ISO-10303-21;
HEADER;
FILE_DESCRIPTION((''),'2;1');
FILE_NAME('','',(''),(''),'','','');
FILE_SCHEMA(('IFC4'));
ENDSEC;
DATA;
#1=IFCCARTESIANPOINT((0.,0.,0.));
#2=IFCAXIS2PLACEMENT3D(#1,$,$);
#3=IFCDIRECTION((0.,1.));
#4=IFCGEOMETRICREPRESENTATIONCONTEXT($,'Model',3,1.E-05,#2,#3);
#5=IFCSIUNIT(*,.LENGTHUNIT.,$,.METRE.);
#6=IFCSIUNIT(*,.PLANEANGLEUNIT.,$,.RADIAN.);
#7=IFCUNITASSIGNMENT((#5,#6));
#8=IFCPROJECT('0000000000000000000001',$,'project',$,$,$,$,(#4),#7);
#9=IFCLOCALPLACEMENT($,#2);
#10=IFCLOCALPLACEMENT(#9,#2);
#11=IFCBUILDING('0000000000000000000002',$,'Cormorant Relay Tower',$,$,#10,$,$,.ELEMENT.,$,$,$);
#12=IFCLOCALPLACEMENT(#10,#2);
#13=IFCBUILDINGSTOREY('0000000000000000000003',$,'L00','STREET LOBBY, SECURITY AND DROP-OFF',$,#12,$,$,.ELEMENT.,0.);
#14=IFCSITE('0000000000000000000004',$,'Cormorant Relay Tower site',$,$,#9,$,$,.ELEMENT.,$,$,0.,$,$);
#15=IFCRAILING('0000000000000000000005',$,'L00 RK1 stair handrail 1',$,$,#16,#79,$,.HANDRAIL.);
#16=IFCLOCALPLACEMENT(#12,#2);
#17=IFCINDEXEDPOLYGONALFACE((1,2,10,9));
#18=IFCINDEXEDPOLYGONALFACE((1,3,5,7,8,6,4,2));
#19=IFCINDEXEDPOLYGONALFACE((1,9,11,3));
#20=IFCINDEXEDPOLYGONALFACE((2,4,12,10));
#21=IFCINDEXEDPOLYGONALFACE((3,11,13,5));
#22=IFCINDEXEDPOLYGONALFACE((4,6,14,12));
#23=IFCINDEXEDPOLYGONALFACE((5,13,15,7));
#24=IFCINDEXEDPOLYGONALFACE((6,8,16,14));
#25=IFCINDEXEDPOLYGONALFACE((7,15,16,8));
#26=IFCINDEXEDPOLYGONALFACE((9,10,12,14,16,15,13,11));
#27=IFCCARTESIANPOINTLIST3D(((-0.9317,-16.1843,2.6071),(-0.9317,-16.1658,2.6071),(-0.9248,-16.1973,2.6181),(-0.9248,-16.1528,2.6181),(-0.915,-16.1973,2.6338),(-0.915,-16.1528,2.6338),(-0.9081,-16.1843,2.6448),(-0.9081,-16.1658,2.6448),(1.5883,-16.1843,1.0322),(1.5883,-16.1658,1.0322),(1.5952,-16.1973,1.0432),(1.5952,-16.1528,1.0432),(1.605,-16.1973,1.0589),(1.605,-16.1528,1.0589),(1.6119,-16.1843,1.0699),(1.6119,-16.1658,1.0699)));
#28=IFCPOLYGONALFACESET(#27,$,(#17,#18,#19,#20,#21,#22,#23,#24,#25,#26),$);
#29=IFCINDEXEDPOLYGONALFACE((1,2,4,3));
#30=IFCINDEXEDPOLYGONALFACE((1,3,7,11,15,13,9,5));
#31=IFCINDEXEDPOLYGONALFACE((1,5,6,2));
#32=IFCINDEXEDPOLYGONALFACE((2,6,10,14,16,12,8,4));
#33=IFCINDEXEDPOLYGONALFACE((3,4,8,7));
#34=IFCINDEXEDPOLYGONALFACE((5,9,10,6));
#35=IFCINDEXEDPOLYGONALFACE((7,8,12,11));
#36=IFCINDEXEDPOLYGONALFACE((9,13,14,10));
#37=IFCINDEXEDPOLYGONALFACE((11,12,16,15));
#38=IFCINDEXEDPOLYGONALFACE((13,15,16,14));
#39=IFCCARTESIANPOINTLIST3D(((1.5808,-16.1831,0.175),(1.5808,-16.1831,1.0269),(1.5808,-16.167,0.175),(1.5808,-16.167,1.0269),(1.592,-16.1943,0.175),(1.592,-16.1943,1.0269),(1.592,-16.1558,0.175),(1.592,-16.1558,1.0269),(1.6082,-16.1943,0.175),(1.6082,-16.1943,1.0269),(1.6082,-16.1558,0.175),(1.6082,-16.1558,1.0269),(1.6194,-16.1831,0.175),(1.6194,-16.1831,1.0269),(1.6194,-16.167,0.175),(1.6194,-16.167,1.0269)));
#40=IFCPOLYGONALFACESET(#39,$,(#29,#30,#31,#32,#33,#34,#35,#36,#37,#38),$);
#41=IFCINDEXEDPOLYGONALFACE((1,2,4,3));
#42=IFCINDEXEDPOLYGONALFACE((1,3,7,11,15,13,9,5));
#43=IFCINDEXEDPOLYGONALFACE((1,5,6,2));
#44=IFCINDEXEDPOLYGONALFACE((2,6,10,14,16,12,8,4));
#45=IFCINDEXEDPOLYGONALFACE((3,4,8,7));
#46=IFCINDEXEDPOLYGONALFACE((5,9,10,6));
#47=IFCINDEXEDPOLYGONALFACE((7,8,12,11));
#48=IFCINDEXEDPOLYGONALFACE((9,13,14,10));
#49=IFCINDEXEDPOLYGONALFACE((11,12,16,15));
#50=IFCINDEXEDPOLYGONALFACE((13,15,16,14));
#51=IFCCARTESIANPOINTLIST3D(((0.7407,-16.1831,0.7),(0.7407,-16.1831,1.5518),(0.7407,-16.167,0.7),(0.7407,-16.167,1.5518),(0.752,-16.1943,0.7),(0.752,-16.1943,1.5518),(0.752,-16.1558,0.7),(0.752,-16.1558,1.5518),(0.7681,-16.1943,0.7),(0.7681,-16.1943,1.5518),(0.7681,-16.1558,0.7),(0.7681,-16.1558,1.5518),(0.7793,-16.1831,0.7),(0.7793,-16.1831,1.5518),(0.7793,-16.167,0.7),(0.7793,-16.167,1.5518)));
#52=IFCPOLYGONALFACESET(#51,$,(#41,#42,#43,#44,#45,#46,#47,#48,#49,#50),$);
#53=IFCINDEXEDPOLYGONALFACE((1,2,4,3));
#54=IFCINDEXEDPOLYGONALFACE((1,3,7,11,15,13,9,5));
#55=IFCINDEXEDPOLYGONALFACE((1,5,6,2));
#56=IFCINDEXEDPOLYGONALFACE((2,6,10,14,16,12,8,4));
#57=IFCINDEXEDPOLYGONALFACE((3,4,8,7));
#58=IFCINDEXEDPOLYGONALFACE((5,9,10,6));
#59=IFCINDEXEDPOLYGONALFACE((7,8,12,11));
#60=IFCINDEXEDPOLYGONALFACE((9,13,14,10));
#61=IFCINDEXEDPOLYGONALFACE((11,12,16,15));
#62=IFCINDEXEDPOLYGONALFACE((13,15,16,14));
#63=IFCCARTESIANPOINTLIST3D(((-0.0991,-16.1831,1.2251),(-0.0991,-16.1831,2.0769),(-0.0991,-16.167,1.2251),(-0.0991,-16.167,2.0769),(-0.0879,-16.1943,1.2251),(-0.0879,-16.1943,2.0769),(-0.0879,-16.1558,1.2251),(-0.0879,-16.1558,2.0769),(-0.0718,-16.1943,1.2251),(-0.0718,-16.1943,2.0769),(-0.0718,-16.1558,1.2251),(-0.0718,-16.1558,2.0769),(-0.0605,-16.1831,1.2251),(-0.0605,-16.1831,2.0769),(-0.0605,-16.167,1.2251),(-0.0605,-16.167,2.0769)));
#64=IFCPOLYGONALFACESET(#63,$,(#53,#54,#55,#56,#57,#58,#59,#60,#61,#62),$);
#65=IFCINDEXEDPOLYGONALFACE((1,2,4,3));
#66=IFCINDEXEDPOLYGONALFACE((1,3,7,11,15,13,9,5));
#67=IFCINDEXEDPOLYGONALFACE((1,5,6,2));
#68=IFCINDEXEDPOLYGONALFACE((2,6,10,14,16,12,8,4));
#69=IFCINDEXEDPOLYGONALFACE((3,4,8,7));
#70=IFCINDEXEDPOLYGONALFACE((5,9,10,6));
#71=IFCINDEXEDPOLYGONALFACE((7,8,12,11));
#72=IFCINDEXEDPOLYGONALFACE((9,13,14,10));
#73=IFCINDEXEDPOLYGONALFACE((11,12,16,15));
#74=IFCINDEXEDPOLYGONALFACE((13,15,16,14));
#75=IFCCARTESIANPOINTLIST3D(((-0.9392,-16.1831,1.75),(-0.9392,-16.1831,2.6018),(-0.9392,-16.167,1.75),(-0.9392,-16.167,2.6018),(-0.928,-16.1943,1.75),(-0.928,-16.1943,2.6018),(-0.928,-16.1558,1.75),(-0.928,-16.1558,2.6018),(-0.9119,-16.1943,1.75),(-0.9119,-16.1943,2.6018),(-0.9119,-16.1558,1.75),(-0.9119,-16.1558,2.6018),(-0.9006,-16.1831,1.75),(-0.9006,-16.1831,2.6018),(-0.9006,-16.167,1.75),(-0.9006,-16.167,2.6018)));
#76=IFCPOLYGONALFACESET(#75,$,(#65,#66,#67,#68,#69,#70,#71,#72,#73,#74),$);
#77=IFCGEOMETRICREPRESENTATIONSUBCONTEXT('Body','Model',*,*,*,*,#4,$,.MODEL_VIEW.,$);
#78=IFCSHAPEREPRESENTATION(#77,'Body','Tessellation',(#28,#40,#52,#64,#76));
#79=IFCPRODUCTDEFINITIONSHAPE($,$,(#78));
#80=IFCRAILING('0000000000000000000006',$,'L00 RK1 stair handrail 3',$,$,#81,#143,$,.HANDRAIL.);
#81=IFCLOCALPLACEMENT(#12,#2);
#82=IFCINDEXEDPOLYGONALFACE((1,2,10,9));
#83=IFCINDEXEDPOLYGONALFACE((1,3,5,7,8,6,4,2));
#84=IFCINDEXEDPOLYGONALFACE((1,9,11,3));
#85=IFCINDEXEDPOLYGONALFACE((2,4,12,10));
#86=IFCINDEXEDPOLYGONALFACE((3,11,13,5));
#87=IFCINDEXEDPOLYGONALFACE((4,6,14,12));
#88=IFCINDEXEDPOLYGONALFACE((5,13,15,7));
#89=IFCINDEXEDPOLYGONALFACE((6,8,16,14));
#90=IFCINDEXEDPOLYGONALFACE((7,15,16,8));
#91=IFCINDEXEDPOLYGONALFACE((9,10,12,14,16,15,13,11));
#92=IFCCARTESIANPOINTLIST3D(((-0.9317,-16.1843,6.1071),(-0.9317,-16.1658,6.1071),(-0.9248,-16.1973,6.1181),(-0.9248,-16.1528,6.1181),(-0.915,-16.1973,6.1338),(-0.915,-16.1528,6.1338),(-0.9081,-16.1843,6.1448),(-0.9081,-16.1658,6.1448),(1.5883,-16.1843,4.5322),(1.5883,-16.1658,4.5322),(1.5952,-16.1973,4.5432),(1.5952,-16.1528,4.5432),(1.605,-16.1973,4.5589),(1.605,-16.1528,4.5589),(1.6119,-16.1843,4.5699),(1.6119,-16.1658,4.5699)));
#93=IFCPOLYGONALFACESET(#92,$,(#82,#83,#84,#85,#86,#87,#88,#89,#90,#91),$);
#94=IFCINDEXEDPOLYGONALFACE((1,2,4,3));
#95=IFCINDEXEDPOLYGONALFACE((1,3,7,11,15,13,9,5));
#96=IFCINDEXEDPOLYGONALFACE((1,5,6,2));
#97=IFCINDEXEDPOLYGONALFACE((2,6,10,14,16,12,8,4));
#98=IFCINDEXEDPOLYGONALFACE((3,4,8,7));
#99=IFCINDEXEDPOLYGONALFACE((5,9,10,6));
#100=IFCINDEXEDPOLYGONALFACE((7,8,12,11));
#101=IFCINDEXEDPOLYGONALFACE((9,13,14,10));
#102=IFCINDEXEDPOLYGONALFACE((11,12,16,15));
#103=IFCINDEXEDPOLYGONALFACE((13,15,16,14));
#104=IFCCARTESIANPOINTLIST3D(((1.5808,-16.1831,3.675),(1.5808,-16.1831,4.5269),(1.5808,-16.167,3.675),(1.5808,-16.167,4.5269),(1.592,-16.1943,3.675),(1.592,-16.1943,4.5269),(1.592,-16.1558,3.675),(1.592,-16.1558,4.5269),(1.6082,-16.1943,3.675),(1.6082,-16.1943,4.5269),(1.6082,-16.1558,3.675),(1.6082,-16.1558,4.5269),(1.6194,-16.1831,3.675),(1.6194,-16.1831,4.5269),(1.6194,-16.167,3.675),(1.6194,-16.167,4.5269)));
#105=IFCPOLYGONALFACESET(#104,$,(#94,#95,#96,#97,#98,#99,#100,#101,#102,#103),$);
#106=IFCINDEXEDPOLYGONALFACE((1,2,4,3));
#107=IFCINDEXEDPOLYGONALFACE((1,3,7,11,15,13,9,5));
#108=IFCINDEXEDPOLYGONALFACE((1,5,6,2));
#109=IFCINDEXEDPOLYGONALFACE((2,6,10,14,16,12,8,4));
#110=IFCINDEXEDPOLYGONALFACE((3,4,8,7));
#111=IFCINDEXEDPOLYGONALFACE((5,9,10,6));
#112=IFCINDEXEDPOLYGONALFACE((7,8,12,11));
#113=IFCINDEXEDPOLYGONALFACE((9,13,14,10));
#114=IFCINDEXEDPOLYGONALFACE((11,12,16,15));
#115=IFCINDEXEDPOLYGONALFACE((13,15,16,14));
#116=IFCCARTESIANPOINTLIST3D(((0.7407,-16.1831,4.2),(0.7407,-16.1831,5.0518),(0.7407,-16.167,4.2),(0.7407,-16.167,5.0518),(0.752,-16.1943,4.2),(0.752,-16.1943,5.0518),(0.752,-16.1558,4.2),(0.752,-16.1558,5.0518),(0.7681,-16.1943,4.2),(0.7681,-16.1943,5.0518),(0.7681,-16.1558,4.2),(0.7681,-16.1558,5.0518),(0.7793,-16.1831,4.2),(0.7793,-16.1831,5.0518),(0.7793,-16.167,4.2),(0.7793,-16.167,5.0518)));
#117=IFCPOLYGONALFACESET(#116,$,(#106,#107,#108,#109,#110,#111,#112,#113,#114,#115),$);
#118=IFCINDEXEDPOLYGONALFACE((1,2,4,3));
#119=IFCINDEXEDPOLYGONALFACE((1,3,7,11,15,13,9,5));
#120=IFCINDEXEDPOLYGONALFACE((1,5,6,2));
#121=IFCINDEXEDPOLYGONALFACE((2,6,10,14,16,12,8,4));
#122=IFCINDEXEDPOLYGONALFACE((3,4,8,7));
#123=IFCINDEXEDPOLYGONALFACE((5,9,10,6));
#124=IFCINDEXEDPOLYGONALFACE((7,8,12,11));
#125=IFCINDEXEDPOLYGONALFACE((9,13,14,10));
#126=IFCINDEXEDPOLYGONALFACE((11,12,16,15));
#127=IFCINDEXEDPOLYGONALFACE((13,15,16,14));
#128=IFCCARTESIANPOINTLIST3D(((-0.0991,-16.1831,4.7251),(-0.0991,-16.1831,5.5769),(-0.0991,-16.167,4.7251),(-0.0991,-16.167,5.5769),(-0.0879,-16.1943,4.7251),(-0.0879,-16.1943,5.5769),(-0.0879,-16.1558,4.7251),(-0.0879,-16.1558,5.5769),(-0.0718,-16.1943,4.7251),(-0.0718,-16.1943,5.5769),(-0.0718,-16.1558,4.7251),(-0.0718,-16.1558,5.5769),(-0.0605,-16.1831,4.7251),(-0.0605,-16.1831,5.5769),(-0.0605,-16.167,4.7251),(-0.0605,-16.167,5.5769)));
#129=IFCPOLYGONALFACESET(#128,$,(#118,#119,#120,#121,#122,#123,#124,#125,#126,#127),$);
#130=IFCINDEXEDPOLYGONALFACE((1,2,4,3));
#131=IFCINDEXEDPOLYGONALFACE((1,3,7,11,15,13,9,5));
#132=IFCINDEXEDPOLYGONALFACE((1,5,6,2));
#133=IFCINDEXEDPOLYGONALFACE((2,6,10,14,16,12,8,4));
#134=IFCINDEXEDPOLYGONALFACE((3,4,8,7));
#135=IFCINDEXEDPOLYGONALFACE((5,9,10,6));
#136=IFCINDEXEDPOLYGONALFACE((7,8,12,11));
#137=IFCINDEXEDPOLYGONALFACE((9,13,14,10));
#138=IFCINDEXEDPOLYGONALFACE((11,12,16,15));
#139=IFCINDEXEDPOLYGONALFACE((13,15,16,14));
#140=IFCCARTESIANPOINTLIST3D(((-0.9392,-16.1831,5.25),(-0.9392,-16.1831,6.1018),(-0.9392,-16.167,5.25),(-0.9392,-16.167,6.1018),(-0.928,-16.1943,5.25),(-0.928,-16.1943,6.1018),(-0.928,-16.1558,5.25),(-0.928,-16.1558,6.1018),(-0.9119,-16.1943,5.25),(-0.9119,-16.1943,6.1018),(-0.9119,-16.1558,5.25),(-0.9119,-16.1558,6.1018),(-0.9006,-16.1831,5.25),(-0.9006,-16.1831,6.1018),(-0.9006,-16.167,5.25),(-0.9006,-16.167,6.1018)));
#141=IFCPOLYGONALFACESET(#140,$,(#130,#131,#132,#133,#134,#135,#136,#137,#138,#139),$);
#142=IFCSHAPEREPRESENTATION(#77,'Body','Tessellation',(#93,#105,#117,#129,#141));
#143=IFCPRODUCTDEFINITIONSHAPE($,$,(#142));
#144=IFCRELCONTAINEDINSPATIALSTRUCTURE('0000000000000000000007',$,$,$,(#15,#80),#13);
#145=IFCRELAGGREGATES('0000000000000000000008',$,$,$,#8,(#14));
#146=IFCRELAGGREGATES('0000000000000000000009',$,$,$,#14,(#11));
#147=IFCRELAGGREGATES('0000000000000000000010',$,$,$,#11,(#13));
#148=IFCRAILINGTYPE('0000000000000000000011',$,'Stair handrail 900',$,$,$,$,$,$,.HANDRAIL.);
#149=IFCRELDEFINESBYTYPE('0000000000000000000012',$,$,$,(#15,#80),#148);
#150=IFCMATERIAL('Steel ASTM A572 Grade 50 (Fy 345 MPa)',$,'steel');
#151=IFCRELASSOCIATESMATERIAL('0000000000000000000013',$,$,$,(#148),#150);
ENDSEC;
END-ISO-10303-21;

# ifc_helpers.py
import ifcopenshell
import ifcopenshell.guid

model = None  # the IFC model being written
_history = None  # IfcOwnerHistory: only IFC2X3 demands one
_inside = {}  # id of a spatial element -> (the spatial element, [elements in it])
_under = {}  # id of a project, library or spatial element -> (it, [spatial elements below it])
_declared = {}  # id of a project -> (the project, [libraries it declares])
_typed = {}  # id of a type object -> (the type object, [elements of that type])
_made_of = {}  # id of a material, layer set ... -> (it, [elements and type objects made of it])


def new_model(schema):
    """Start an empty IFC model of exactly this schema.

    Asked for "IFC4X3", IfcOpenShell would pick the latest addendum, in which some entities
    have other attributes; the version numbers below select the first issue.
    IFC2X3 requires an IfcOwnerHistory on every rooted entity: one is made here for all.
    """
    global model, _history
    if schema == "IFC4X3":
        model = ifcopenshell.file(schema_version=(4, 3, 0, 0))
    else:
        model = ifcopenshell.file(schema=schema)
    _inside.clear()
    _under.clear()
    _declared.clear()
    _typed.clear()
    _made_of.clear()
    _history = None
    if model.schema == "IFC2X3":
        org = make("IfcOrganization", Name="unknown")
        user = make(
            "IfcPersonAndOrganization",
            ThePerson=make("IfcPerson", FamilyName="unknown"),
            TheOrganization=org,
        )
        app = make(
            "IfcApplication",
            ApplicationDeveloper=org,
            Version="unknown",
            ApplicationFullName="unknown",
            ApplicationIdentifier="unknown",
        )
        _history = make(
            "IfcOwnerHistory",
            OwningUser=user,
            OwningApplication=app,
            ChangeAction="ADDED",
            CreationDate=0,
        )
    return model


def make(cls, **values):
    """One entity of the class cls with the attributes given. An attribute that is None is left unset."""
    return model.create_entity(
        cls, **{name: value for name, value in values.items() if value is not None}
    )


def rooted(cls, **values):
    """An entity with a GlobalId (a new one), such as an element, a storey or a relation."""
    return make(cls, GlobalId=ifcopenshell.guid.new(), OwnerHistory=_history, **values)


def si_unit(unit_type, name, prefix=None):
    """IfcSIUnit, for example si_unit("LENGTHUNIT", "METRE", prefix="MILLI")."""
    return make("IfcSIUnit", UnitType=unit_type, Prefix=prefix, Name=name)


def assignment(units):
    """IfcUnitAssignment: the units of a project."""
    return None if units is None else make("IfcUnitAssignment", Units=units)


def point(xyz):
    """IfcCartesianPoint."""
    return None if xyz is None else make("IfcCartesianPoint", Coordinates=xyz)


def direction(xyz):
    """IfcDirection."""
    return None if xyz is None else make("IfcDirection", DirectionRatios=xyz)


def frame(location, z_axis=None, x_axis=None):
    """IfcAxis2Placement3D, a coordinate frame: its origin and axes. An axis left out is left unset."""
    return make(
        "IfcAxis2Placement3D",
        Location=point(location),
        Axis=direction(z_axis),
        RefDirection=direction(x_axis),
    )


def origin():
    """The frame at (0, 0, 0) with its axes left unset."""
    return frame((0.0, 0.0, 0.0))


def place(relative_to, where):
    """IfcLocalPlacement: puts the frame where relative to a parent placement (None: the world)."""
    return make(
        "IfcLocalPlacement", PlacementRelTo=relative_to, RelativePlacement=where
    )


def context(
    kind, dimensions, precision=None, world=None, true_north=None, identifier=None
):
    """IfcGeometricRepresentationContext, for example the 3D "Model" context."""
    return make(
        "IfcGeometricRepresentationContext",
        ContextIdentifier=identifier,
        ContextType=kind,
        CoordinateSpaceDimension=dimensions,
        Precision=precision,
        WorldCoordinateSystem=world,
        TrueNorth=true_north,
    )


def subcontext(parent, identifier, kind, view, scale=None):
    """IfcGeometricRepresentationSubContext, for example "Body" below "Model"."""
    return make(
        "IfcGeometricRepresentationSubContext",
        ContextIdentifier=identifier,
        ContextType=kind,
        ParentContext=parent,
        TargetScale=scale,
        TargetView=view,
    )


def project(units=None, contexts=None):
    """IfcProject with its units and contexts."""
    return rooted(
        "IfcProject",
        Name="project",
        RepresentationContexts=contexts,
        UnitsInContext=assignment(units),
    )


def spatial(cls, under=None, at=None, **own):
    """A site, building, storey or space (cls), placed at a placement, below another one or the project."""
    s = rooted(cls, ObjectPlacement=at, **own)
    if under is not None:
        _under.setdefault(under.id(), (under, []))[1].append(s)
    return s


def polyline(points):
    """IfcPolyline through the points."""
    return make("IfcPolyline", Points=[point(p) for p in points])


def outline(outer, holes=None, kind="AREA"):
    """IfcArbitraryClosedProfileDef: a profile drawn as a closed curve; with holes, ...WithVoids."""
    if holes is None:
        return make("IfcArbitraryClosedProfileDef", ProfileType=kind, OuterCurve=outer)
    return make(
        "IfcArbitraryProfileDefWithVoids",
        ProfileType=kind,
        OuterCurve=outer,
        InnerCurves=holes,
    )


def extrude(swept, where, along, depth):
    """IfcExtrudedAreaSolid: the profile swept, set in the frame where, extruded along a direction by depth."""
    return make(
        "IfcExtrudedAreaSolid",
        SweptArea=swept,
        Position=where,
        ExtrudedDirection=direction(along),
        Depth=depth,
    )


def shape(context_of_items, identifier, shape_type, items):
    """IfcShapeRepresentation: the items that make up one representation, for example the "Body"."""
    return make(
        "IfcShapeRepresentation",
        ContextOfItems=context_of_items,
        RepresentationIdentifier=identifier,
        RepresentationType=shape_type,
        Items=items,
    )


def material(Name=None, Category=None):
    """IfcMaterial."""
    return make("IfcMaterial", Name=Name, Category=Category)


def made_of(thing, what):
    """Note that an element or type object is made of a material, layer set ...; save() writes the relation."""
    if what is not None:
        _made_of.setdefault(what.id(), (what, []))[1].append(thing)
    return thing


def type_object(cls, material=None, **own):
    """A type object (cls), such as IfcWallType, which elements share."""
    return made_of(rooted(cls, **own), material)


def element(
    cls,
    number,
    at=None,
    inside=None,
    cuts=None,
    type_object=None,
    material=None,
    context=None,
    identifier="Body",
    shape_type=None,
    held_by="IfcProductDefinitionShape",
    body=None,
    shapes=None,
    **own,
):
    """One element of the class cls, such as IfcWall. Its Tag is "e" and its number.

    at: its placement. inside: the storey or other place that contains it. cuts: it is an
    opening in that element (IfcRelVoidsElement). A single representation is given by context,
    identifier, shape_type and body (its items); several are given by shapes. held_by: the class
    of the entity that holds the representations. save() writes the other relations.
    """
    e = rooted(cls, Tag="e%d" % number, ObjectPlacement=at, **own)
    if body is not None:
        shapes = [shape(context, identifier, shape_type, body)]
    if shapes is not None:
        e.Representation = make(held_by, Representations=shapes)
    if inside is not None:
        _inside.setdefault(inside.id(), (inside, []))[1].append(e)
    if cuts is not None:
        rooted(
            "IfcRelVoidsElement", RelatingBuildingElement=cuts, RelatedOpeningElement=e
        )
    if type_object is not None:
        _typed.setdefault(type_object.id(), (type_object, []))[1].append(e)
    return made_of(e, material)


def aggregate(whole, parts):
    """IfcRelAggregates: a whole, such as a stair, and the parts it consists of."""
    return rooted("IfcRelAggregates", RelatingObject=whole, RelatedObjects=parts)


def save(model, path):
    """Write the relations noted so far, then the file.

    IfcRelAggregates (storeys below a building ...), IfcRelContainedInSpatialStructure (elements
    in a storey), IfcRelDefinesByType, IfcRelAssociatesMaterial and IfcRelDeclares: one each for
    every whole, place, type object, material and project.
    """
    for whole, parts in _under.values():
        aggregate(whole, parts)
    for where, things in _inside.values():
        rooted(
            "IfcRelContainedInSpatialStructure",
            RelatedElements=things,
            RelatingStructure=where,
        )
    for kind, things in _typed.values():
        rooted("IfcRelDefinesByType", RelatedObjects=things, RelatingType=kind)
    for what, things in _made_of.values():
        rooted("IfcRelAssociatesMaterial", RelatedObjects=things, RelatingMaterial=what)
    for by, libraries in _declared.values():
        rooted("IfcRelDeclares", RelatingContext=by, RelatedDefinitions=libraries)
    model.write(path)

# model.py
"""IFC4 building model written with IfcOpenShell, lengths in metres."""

from ifc_helpers import new_model, si_unit, direction, frame, origin, place, context, subcontext, project, spatial, polyline, outline, extrude, material, type_object, element, save


model = new_model("IFC4")

# Units and contexts
model_context = context("Model", 3, precision=1e-05, world=origin(), true_north=direction((0.0, 1.0)))
body_context = subcontext(model_context, "Body", "Model", "MODEL_VIEW")
ifc_project = project(units=[si_unit("LENGTHUNIT", "METRE"), si_unit("PLANEANGLEUNIT", "RADIAN")], contexts=[model_context])

# Site, building, storey
site_placement = place(None, origin())
site = spatial("IfcSite", under=ifc_project, at=site_placement, Name="Cormorant Relay Tower site", CompositionType="ELEMENT", RefElevation=0.0)
building_placement = place(site_placement, origin())
building = spatial("IfcBuilding", under=site, at=building_placement, Name="Cormorant Relay Tower", CompositionType="ELEMENT")
storey_placement = place(building_placement, origin())
storey = spatial("IfcBuildingStorey", under=building, at=storey_placement, Name="L00", Description="STREET LOBBY, SECURITY AND DROP-OFF", CompositionType="ELEMENT", Elevation=0.0)

# Railings
ifc_material_1 = material(Name="Steel ASTM A572 Grade 50 (Fy 345 MPa)", Category="steel")
railing_type_1 = type_object("IfcRailingType", Name="Stair handrail 900", PredefinedType="HANDRAIL", material=ifc_material_1)
railing_1_placement = place(storey_placement, frame((1.6001, -16.175, 0.175)))
element("IfcRailing", 1, at=railing_1_placement, inside=storey, type_object=railing_type_1, Name="L00 RK1 stair handrail 1", PredefinedType="HANDRAIL", context=body_context, shape_type="SweptSolid", body=[
    extrude(outline(polyline([(0.0222, 0.0093), (0.0093, 0.0222), (-0.0093, 0.0222), (-0.0222, 0.0093), (-0.0222, -0.0093), (-0.0093, -0.0222), (0.0093, -0.0222), (0.0222, -0.0093), (0.0222, 0.0093)])), frame((0.0, 0.0, 0.876), z_axis=(-0.848008, 0.0, 0.529984), x_axis=(0.0, -1.0, 0.0)), (0.0, 0.0, 1.0), 2.9717),
    extrude(outline(polyline([(0.0193, 0.0081), (0.0081, 0.0193), (-0.0081, 0.0193), (-0.0193, 0.0081), (-0.0193, -0.0081), (-0.0081, -0.0193), (0.0081, -0.0193), (0.0193, -0.0081), (0.0193, 0.0081)])), origin(), (0.0, 0.0, 1.0), 0.8518),
    extrude(outline(polyline([(0.0193, 0.0081), (0.0081, 0.0193), (-0.0081, 0.0193), (-0.0193, 0.0081), (-0.0193, -0.0081), (-0.0081, -0.0193), (0.0081, -0.0193), (0.0193, -0.0081), (0.0193, 0.0081)])), frame((-0.8401, 0.0, 0.5249)), (0.0, 0.0, 1.0), 0.8518),
    extrude(outline(polyline([(0.0193, 0.0081), (0.0081, 0.0193), (-0.0081, 0.0193), (-0.0193, 0.0081), (-0.0193, -0.0081), (-0.0081, -0.0193), (0.0081, -0.0193), (0.0193, -0.0081), (0.0193, 0.0081)])), frame((-1.6799, 0.0, 1.05)), (0.0, 0.0, 1.0), 0.8518),
    extrude(outline(polyline([(0.0193, 0.0081), (0.0081, 0.0193), (-0.0081, 0.0193), (-0.0193, 0.0081), (-0.0193, -0.0081), (-0.0081, -0.0193), (0.0081, -0.0193), (0.0193, -0.0081), (0.0193, 0.0081)])), frame((-2.52, 0.0, 1.575)), (0.0, 0.0, 1.0), 0.8518),
])
railing_2_placement = place(storey_placement, frame((1.6001, -16.175, 3.675)))
element("IfcRailing", 2, at=railing_2_placement, inside=storey, type_object=railing_type_1, Name="L00 RK1 stair handrail 3", PredefinedType="HANDRAIL", context=body_context, shape_type="SweptSolid", body=[
    extrude(outline(polyline([(0.0222, 0.0093), (0.0093, 0.0222), (-0.0093, 0.0222), (-0.0222, 0.0093), (-0.0222, -0.0093), (-0.0093, -0.0222), (0.0093, -0.0222), (0.0222, -0.0093), (0.0222, 0.0093)])), frame((0.0, 0.0, 0.876), z_axis=(-0.848008, 0.0, 0.529984), x_axis=(0.0, -1.0, 0.0)), (0.0, 0.0, 1.0), 2.9717),
    extrude(outline(polyline([(0.0193, 0.0081), (0.0081, 0.0193), (-0.0081, 0.0193), (-0.0193, 0.0081), (-0.0193, -0.0081), (-0.0081, -0.0193), (0.0081, -0.0193), (0.0193, -0.0081), (0.0193, 0.0081)])), origin(), (0.0, 0.0, 1.0), 0.8518),
    extrude(outline(polyline([(0.0193, 0.0081), (0.0081, 0.0193), (-0.0081, 0.0193), (-0.0193, 0.0081), (-0.0193, -0.0081), (-0.0081, -0.0193), (0.0081, -0.0193), (0.0193, -0.0081), (0.0193, 0.0081)])), frame((-0.8401, 0.0, 0.5249)), (0.0, 0.0, 1.0), 0.8518),
    extrude(outline(polyline([(0.0193, 0.0081), (0.0081, 0.0193), (-0.0081, 0.0193), (-0.0193, 0.0081), (-0.0193, -0.0081), (-0.0081, -0.0193), (0.0081, -0.0193), (0.0193, -0.0081), (0.0193, 0.0081)])), frame((-1.6799, 0.0, 1.05)), (0.0, 0.0, 1.0), 0.8518),
    extrude(outline(polyline([(0.0193, 0.0081), (0.0081, 0.0193), (-0.0081, 0.0193), (-0.0193, 0.0081), (-0.0193, -0.0081), (-0.0081, -0.0193), (0.0081, -0.0193), (0.0193, -0.0081), (0.0193, 0.0081)])), frame((-2.52, 0.0, 1.575)), (0.0, 0.0, 1.0), 0.8518),
])

save(model, "model.ifc")
